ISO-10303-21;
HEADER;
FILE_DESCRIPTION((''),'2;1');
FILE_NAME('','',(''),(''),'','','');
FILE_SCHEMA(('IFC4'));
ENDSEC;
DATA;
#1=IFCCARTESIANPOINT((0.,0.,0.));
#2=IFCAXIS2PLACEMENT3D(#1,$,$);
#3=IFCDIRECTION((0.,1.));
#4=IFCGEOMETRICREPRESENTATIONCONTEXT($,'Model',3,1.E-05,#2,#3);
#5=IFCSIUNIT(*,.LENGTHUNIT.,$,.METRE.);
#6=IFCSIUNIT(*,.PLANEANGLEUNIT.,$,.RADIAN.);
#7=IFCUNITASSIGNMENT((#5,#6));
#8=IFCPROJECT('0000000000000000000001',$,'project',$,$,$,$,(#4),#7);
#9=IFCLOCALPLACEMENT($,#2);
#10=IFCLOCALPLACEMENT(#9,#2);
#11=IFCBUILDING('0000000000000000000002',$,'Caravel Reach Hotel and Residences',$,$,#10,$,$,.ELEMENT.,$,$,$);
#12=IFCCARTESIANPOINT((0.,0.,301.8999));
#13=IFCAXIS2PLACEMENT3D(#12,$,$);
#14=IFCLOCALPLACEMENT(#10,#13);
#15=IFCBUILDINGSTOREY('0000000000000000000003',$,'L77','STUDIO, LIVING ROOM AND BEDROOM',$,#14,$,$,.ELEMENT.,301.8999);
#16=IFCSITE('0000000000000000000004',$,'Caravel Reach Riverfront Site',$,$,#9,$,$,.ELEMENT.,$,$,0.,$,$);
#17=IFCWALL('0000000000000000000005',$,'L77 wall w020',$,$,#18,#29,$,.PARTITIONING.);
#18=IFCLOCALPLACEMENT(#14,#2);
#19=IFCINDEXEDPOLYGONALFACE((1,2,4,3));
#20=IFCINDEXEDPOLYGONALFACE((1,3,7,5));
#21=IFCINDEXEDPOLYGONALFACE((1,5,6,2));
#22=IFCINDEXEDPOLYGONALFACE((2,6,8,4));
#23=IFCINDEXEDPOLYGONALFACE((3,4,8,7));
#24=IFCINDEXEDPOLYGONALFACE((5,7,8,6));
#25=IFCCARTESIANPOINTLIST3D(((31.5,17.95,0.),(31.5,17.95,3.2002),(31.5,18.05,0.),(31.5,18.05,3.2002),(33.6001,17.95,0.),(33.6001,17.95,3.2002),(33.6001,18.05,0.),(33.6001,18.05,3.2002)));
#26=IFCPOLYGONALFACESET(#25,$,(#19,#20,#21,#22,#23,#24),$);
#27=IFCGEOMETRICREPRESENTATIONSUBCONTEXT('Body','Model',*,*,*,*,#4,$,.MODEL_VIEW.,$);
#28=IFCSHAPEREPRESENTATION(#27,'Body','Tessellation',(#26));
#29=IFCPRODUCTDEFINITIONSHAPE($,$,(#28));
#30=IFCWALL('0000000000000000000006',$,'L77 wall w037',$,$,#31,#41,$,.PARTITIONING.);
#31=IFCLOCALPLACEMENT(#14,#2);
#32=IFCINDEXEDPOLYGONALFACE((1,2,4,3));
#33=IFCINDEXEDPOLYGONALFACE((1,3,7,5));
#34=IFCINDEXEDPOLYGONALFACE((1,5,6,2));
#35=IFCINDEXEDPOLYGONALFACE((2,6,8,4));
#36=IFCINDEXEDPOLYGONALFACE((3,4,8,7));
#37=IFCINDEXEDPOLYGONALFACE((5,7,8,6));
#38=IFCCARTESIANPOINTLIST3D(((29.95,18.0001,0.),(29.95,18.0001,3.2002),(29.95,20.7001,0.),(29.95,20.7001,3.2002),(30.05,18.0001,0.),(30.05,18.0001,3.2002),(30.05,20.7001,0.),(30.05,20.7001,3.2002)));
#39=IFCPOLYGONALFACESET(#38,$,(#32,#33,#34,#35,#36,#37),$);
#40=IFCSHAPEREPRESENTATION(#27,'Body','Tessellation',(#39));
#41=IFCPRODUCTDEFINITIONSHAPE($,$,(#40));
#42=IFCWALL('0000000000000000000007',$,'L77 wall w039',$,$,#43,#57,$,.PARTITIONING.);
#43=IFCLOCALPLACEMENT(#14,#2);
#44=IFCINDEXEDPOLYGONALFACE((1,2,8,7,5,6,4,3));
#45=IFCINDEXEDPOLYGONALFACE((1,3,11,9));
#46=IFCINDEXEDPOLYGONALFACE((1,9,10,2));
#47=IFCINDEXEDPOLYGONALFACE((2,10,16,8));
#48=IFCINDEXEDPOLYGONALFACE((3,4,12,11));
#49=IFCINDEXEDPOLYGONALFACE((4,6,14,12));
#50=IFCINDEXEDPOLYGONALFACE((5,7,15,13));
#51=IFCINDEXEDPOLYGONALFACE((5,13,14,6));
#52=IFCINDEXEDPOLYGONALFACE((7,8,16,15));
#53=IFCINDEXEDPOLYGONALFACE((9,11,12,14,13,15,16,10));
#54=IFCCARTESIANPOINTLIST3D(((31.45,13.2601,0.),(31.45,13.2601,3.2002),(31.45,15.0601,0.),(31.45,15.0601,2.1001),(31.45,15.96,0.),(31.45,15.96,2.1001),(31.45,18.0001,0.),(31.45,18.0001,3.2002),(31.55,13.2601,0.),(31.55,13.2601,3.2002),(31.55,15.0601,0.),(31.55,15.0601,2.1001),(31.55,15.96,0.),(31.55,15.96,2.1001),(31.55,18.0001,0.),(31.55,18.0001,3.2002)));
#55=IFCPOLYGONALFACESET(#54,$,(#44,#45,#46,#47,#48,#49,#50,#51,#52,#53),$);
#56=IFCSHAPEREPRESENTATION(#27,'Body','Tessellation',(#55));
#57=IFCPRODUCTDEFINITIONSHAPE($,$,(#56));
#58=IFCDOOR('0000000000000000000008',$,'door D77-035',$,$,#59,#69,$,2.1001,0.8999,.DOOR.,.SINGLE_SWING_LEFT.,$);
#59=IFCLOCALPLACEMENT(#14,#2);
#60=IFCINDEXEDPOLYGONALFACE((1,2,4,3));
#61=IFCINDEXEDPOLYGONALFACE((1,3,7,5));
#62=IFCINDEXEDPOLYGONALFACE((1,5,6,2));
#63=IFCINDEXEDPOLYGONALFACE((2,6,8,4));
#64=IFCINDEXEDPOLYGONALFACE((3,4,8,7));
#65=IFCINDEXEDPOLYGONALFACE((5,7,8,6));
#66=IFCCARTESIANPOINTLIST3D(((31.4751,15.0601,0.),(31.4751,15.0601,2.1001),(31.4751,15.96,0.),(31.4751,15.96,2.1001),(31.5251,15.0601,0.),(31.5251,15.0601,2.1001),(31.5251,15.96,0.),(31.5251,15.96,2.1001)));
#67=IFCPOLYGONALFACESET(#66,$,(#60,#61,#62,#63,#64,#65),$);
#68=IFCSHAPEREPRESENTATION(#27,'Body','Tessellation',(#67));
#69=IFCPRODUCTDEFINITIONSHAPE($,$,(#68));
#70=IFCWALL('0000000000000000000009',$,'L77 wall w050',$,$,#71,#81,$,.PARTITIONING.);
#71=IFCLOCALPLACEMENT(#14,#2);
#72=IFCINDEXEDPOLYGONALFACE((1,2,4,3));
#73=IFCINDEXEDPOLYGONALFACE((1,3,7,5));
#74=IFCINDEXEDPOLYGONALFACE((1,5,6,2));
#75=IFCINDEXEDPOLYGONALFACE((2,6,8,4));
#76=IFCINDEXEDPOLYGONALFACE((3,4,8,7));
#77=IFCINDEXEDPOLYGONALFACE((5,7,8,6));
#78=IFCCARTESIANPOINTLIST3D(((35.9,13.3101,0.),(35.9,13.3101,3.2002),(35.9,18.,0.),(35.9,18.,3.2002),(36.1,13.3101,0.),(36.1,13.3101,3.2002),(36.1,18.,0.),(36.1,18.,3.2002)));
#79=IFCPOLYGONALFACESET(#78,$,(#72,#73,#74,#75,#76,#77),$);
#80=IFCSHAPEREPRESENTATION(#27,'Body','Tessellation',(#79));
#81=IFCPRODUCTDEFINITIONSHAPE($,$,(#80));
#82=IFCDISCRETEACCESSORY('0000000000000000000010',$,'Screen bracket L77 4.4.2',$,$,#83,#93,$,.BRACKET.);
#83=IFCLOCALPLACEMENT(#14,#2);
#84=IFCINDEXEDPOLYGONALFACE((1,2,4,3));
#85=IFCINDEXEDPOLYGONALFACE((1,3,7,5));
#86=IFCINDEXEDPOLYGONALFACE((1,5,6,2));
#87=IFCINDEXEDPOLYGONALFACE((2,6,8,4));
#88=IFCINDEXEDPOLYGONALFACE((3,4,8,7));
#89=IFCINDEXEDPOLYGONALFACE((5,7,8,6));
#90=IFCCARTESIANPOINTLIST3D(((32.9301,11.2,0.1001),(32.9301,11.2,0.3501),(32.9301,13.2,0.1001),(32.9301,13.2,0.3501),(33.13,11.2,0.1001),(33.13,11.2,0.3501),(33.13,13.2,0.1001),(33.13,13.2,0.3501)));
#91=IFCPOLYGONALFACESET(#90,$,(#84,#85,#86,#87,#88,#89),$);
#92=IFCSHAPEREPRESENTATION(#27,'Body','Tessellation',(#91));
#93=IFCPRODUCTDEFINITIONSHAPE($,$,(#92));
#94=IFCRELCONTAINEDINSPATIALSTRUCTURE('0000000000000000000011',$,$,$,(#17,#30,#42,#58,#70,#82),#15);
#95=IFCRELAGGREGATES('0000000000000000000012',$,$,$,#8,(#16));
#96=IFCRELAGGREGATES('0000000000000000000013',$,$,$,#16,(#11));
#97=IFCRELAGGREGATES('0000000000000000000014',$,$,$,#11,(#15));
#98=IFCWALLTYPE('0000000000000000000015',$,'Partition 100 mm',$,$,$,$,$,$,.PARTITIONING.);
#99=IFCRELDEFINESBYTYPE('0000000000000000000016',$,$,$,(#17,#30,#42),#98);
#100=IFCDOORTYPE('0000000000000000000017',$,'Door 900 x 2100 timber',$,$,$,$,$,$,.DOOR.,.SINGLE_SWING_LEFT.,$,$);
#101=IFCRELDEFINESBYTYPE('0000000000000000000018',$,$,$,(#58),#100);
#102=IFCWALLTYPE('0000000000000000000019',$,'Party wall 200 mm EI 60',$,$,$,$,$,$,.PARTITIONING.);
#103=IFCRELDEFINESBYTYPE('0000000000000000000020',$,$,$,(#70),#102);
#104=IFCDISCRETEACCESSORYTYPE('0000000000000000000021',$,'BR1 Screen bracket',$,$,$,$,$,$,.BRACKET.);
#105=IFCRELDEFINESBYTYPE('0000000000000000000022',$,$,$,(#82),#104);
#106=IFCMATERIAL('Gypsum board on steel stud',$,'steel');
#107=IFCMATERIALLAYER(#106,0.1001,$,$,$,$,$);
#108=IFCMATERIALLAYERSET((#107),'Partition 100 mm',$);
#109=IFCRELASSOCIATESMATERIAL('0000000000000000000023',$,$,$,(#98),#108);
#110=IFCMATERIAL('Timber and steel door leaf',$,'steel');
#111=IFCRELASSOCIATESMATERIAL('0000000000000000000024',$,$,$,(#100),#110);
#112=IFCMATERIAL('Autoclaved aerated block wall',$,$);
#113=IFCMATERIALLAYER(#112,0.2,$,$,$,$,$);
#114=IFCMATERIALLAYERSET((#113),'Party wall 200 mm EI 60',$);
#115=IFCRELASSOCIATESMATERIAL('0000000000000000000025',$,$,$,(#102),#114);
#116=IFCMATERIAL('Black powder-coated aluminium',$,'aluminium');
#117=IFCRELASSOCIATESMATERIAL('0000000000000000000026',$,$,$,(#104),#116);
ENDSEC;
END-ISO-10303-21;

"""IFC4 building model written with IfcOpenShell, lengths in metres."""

from ifc_helpers import new_model, si_unit, direction, frame, frame_2d, origin, origin_2d, place, context, subcontext, project, spatial, rectangle, extrude, material, layer, layer_set, type_object, element, fill, save


model = new_model("IFC4")

# Units and contexts
model_context = context("Model", 3, precision=1e-05, world=origin(), true_north=direction((0.0, 1.0)))
body_context = subcontext(model_context, "Body", "Model", "MODEL_VIEW")
ifc_project = project(units=[si_unit("LENGTHUNIT", "METRE"), si_unit("PLANEANGLEUNIT", "RADIAN")], contexts=[model_context])

# Site, building, storey
site_placement = place(None, origin())
site = spatial("IfcSite", under=ifc_project, at=site_placement, Name="Caravel Reach Riverfront Site", CompositionType="ELEMENT", RefElevation=0.0)
building_placement = place(site_placement, origin())
building = spatial("IfcBuilding", under=site, at=building_placement, Name="Caravel Reach Hotel and Residences", CompositionType="ELEMENT")
storey_placement = place(building_placement, frame((0.0, 0.0, 301.8999)))
storey = spatial("IfcBuildingStorey", under=building, at=storey_placement, Name="L77", Description="STUDIO, LIVING ROOM AND BEDROOM", CompositionType="ELEMENT", Elevation=301.8999)

# Walls
ifc_material_1 = material(Name="Gypsum board on steel stud", Category="steel")
ifc_layer_1 = layer(ifc_material_1, 0.1001)
ifc_layer_set_1 = layer_set([ifc_layer_1], Name="Partition 100 mm")
wall_type_1 = type_object("IfcWallType", Name="Partition 100 mm", PredefinedType="PARTITIONING", material=ifc_layer_set_1)
wall_1_placement = place(storey_placement, frame((31.5, 18.0, 0.0), z_axis=(0.0, 0.0, 1.0), x_axis=(1.0, 0.0, 0.0)))
element("IfcWall", 1, at=wall_1_placement, inside=storey, type_object=wall_type_1, Name="L77 wall w020", PredefinedType="PARTITIONING", context=body_context, shape_type="SweptSolid", body=[
    extrude(rectangle(XDim=2.1001, YDim=0.1001, at=frame_2d((1.05, 0.0))), origin(), (0.0, 0.0, 1.0), 3.2002),
])
wall_2_placement = place(storey_placement, frame((30.0, 18.0, 0.0), z_axis=(0.0, 0.0, 1.0), x_axis=(0.0, 1.0, 0.0)))
element("IfcWall", 2, at=wall_2_placement, inside=storey, type_object=wall_type_1, Name="L77 wall w037", PredefinedType="PARTITIONING", context=body_context, shape_type="SweptSolid", body=[
    extrude(rectangle(XDim=2.7, YDim=0.1001, at=frame_2d((1.3501, 0.0))), origin(), (0.0, 0.0, 1.0), 3.2002),
])

# Wall, opening, door
wall_3_placement = place(storey_placement, frame((31.5, 13.26, 0.0), z_axis=(0.0, 0.0, 1.0), x_axis=(0.0, 1.0, 0.0)))
wall_3 = element("IfcWall", 3, at=wall_3_placement, inside=storey, type_object=wall_type_1, Name="L77 wall w039", PredefinedType="PARTITIONING", context=body_context, shape_type="SweptSolid", body=[
    extrude(rectangle(XDim=4.74, YDim=0.1001, at=frame_2d((2.3701, 0.0))), origin(), (0.0, 0.0, 1.0), 3.2002),
])
opening_1_placement = place(wall_3_placement, frame((1.8, 0.0, 0.0)))
opening_1 = element("IfcOpeningElement", 4, at=opening_1_placement, cuts=wall_3, PredefinedType="OPENING", context=body_context, shape_type="SweptSolid", body=[
    extrude(rectangle(XDim=0.8999, YDim=2.1001, at=frame_2d((0.45, 1.05))), frame((0.0, 0.0601, 0.0), z_axis=(0.0, -1.0, 0.0), x_axis=(1.0, 0.0, 0.0)), (0.0, 0.0, 1.0), 0.1201),
])
ifc_material_2 = material(Name="Timber and steel door leaf", Category="steel")
door_type_1 = type_object("IfcDoorType", Name="Door 900 x 2100 timber", OperationType="SINGLE_SWING_LEFT", PredefinedType="DOOR", material=ifc_material_2)
door_1_placement = place(opening_1_placement, origin())
door_1 = element("IfcDoor", 5, at=door_1_placement, inside=storey, type_object=door_type_1, Name="door D77-035", OperationType="SINGLE_SWING_LEFT", OverallHeight=2.1001, OverallWidth=0.8999, PredefinedType="DOOR", context=body_context, shape_type="SweptSolid", body=[
    extrude(rectangle(XDim=0.8999, YDim=2.1001, at=frame_2d((0.45, 1.05))), frame((0.0, 0.0249, 0.0), z_axis=(0.0, -1.0, 0.0), x_axis=(1.0, 0.0, 0.0)), (0.0, 0.0, 1.0), 0.05),
])
fill(opening_1, door_1)

# Wall
ifc_material_3 = material(Name="Autoclaved aerated block wall")
ifc_layer_2 = layer(ifc_material_3, 0.2)
ifc_layer_set_2 = layer_set([ifc_layer_2], Name="Party wall 200 mm EI 60")
wall_type_2 = type_object("IfcWallType", Name="Party wall 200 mm EI 60", PredefinedType="PARTITIONING", material=ifc_layer_set_2)
wall_4_placement = place(storey_placement, frame((36.0, 13.3101, 0.0), z_axis=(0.0, 0.0, 1.0), x_axis=(0.0, 1.0, 0.0)))
element("IfcWall", 6, at=wall_4_placement, inside=storey, type_object=wall_type_2, Name="L77 wall w050", PredefinedType="PARTITIONING", context=body_context, shape_type="SweptSolid", body=[
    extrude(rectangle(XDim=4.6899, YDim=0.2, at=frame_2d((2.345, 0.0))), origin(), (0.0, 0.0, 1.0), 3.2002),
])

# Discrete accessory
ifc_material_4 = material(Name="Black powder-coated aluminium", Category="aluminium")
discrete_accessory_type = type_object("IfcDiscreteAccessoryType", Name="BR1 Screen bracket", PredefinedType="BRACKET", material=ifc_material_4)
discrete_accessory_placement = place(storey_placement, frame((33.03, 12.2, 0.1001), z_axis=(0.0, 0.0, 1.0), x_axis=(0.0, -1.0, 0.0)))
element("IfcDiscreteAccessory", 7, at=discrete_accessory_placement, inside=storey, type_object=discrete_accessory_type, Name="Screen bracket L77 4.4.2", PredefinedType="BRACKET", context=body_context, shape_type="SweptSolid", body=[
    extrude(rectangle(XDim=2.0, YDim=0.2, at=origin_2d()), origin(), (0.0, 0.0, 1.0), 0.25),
])

save(model, "model.ifc")
